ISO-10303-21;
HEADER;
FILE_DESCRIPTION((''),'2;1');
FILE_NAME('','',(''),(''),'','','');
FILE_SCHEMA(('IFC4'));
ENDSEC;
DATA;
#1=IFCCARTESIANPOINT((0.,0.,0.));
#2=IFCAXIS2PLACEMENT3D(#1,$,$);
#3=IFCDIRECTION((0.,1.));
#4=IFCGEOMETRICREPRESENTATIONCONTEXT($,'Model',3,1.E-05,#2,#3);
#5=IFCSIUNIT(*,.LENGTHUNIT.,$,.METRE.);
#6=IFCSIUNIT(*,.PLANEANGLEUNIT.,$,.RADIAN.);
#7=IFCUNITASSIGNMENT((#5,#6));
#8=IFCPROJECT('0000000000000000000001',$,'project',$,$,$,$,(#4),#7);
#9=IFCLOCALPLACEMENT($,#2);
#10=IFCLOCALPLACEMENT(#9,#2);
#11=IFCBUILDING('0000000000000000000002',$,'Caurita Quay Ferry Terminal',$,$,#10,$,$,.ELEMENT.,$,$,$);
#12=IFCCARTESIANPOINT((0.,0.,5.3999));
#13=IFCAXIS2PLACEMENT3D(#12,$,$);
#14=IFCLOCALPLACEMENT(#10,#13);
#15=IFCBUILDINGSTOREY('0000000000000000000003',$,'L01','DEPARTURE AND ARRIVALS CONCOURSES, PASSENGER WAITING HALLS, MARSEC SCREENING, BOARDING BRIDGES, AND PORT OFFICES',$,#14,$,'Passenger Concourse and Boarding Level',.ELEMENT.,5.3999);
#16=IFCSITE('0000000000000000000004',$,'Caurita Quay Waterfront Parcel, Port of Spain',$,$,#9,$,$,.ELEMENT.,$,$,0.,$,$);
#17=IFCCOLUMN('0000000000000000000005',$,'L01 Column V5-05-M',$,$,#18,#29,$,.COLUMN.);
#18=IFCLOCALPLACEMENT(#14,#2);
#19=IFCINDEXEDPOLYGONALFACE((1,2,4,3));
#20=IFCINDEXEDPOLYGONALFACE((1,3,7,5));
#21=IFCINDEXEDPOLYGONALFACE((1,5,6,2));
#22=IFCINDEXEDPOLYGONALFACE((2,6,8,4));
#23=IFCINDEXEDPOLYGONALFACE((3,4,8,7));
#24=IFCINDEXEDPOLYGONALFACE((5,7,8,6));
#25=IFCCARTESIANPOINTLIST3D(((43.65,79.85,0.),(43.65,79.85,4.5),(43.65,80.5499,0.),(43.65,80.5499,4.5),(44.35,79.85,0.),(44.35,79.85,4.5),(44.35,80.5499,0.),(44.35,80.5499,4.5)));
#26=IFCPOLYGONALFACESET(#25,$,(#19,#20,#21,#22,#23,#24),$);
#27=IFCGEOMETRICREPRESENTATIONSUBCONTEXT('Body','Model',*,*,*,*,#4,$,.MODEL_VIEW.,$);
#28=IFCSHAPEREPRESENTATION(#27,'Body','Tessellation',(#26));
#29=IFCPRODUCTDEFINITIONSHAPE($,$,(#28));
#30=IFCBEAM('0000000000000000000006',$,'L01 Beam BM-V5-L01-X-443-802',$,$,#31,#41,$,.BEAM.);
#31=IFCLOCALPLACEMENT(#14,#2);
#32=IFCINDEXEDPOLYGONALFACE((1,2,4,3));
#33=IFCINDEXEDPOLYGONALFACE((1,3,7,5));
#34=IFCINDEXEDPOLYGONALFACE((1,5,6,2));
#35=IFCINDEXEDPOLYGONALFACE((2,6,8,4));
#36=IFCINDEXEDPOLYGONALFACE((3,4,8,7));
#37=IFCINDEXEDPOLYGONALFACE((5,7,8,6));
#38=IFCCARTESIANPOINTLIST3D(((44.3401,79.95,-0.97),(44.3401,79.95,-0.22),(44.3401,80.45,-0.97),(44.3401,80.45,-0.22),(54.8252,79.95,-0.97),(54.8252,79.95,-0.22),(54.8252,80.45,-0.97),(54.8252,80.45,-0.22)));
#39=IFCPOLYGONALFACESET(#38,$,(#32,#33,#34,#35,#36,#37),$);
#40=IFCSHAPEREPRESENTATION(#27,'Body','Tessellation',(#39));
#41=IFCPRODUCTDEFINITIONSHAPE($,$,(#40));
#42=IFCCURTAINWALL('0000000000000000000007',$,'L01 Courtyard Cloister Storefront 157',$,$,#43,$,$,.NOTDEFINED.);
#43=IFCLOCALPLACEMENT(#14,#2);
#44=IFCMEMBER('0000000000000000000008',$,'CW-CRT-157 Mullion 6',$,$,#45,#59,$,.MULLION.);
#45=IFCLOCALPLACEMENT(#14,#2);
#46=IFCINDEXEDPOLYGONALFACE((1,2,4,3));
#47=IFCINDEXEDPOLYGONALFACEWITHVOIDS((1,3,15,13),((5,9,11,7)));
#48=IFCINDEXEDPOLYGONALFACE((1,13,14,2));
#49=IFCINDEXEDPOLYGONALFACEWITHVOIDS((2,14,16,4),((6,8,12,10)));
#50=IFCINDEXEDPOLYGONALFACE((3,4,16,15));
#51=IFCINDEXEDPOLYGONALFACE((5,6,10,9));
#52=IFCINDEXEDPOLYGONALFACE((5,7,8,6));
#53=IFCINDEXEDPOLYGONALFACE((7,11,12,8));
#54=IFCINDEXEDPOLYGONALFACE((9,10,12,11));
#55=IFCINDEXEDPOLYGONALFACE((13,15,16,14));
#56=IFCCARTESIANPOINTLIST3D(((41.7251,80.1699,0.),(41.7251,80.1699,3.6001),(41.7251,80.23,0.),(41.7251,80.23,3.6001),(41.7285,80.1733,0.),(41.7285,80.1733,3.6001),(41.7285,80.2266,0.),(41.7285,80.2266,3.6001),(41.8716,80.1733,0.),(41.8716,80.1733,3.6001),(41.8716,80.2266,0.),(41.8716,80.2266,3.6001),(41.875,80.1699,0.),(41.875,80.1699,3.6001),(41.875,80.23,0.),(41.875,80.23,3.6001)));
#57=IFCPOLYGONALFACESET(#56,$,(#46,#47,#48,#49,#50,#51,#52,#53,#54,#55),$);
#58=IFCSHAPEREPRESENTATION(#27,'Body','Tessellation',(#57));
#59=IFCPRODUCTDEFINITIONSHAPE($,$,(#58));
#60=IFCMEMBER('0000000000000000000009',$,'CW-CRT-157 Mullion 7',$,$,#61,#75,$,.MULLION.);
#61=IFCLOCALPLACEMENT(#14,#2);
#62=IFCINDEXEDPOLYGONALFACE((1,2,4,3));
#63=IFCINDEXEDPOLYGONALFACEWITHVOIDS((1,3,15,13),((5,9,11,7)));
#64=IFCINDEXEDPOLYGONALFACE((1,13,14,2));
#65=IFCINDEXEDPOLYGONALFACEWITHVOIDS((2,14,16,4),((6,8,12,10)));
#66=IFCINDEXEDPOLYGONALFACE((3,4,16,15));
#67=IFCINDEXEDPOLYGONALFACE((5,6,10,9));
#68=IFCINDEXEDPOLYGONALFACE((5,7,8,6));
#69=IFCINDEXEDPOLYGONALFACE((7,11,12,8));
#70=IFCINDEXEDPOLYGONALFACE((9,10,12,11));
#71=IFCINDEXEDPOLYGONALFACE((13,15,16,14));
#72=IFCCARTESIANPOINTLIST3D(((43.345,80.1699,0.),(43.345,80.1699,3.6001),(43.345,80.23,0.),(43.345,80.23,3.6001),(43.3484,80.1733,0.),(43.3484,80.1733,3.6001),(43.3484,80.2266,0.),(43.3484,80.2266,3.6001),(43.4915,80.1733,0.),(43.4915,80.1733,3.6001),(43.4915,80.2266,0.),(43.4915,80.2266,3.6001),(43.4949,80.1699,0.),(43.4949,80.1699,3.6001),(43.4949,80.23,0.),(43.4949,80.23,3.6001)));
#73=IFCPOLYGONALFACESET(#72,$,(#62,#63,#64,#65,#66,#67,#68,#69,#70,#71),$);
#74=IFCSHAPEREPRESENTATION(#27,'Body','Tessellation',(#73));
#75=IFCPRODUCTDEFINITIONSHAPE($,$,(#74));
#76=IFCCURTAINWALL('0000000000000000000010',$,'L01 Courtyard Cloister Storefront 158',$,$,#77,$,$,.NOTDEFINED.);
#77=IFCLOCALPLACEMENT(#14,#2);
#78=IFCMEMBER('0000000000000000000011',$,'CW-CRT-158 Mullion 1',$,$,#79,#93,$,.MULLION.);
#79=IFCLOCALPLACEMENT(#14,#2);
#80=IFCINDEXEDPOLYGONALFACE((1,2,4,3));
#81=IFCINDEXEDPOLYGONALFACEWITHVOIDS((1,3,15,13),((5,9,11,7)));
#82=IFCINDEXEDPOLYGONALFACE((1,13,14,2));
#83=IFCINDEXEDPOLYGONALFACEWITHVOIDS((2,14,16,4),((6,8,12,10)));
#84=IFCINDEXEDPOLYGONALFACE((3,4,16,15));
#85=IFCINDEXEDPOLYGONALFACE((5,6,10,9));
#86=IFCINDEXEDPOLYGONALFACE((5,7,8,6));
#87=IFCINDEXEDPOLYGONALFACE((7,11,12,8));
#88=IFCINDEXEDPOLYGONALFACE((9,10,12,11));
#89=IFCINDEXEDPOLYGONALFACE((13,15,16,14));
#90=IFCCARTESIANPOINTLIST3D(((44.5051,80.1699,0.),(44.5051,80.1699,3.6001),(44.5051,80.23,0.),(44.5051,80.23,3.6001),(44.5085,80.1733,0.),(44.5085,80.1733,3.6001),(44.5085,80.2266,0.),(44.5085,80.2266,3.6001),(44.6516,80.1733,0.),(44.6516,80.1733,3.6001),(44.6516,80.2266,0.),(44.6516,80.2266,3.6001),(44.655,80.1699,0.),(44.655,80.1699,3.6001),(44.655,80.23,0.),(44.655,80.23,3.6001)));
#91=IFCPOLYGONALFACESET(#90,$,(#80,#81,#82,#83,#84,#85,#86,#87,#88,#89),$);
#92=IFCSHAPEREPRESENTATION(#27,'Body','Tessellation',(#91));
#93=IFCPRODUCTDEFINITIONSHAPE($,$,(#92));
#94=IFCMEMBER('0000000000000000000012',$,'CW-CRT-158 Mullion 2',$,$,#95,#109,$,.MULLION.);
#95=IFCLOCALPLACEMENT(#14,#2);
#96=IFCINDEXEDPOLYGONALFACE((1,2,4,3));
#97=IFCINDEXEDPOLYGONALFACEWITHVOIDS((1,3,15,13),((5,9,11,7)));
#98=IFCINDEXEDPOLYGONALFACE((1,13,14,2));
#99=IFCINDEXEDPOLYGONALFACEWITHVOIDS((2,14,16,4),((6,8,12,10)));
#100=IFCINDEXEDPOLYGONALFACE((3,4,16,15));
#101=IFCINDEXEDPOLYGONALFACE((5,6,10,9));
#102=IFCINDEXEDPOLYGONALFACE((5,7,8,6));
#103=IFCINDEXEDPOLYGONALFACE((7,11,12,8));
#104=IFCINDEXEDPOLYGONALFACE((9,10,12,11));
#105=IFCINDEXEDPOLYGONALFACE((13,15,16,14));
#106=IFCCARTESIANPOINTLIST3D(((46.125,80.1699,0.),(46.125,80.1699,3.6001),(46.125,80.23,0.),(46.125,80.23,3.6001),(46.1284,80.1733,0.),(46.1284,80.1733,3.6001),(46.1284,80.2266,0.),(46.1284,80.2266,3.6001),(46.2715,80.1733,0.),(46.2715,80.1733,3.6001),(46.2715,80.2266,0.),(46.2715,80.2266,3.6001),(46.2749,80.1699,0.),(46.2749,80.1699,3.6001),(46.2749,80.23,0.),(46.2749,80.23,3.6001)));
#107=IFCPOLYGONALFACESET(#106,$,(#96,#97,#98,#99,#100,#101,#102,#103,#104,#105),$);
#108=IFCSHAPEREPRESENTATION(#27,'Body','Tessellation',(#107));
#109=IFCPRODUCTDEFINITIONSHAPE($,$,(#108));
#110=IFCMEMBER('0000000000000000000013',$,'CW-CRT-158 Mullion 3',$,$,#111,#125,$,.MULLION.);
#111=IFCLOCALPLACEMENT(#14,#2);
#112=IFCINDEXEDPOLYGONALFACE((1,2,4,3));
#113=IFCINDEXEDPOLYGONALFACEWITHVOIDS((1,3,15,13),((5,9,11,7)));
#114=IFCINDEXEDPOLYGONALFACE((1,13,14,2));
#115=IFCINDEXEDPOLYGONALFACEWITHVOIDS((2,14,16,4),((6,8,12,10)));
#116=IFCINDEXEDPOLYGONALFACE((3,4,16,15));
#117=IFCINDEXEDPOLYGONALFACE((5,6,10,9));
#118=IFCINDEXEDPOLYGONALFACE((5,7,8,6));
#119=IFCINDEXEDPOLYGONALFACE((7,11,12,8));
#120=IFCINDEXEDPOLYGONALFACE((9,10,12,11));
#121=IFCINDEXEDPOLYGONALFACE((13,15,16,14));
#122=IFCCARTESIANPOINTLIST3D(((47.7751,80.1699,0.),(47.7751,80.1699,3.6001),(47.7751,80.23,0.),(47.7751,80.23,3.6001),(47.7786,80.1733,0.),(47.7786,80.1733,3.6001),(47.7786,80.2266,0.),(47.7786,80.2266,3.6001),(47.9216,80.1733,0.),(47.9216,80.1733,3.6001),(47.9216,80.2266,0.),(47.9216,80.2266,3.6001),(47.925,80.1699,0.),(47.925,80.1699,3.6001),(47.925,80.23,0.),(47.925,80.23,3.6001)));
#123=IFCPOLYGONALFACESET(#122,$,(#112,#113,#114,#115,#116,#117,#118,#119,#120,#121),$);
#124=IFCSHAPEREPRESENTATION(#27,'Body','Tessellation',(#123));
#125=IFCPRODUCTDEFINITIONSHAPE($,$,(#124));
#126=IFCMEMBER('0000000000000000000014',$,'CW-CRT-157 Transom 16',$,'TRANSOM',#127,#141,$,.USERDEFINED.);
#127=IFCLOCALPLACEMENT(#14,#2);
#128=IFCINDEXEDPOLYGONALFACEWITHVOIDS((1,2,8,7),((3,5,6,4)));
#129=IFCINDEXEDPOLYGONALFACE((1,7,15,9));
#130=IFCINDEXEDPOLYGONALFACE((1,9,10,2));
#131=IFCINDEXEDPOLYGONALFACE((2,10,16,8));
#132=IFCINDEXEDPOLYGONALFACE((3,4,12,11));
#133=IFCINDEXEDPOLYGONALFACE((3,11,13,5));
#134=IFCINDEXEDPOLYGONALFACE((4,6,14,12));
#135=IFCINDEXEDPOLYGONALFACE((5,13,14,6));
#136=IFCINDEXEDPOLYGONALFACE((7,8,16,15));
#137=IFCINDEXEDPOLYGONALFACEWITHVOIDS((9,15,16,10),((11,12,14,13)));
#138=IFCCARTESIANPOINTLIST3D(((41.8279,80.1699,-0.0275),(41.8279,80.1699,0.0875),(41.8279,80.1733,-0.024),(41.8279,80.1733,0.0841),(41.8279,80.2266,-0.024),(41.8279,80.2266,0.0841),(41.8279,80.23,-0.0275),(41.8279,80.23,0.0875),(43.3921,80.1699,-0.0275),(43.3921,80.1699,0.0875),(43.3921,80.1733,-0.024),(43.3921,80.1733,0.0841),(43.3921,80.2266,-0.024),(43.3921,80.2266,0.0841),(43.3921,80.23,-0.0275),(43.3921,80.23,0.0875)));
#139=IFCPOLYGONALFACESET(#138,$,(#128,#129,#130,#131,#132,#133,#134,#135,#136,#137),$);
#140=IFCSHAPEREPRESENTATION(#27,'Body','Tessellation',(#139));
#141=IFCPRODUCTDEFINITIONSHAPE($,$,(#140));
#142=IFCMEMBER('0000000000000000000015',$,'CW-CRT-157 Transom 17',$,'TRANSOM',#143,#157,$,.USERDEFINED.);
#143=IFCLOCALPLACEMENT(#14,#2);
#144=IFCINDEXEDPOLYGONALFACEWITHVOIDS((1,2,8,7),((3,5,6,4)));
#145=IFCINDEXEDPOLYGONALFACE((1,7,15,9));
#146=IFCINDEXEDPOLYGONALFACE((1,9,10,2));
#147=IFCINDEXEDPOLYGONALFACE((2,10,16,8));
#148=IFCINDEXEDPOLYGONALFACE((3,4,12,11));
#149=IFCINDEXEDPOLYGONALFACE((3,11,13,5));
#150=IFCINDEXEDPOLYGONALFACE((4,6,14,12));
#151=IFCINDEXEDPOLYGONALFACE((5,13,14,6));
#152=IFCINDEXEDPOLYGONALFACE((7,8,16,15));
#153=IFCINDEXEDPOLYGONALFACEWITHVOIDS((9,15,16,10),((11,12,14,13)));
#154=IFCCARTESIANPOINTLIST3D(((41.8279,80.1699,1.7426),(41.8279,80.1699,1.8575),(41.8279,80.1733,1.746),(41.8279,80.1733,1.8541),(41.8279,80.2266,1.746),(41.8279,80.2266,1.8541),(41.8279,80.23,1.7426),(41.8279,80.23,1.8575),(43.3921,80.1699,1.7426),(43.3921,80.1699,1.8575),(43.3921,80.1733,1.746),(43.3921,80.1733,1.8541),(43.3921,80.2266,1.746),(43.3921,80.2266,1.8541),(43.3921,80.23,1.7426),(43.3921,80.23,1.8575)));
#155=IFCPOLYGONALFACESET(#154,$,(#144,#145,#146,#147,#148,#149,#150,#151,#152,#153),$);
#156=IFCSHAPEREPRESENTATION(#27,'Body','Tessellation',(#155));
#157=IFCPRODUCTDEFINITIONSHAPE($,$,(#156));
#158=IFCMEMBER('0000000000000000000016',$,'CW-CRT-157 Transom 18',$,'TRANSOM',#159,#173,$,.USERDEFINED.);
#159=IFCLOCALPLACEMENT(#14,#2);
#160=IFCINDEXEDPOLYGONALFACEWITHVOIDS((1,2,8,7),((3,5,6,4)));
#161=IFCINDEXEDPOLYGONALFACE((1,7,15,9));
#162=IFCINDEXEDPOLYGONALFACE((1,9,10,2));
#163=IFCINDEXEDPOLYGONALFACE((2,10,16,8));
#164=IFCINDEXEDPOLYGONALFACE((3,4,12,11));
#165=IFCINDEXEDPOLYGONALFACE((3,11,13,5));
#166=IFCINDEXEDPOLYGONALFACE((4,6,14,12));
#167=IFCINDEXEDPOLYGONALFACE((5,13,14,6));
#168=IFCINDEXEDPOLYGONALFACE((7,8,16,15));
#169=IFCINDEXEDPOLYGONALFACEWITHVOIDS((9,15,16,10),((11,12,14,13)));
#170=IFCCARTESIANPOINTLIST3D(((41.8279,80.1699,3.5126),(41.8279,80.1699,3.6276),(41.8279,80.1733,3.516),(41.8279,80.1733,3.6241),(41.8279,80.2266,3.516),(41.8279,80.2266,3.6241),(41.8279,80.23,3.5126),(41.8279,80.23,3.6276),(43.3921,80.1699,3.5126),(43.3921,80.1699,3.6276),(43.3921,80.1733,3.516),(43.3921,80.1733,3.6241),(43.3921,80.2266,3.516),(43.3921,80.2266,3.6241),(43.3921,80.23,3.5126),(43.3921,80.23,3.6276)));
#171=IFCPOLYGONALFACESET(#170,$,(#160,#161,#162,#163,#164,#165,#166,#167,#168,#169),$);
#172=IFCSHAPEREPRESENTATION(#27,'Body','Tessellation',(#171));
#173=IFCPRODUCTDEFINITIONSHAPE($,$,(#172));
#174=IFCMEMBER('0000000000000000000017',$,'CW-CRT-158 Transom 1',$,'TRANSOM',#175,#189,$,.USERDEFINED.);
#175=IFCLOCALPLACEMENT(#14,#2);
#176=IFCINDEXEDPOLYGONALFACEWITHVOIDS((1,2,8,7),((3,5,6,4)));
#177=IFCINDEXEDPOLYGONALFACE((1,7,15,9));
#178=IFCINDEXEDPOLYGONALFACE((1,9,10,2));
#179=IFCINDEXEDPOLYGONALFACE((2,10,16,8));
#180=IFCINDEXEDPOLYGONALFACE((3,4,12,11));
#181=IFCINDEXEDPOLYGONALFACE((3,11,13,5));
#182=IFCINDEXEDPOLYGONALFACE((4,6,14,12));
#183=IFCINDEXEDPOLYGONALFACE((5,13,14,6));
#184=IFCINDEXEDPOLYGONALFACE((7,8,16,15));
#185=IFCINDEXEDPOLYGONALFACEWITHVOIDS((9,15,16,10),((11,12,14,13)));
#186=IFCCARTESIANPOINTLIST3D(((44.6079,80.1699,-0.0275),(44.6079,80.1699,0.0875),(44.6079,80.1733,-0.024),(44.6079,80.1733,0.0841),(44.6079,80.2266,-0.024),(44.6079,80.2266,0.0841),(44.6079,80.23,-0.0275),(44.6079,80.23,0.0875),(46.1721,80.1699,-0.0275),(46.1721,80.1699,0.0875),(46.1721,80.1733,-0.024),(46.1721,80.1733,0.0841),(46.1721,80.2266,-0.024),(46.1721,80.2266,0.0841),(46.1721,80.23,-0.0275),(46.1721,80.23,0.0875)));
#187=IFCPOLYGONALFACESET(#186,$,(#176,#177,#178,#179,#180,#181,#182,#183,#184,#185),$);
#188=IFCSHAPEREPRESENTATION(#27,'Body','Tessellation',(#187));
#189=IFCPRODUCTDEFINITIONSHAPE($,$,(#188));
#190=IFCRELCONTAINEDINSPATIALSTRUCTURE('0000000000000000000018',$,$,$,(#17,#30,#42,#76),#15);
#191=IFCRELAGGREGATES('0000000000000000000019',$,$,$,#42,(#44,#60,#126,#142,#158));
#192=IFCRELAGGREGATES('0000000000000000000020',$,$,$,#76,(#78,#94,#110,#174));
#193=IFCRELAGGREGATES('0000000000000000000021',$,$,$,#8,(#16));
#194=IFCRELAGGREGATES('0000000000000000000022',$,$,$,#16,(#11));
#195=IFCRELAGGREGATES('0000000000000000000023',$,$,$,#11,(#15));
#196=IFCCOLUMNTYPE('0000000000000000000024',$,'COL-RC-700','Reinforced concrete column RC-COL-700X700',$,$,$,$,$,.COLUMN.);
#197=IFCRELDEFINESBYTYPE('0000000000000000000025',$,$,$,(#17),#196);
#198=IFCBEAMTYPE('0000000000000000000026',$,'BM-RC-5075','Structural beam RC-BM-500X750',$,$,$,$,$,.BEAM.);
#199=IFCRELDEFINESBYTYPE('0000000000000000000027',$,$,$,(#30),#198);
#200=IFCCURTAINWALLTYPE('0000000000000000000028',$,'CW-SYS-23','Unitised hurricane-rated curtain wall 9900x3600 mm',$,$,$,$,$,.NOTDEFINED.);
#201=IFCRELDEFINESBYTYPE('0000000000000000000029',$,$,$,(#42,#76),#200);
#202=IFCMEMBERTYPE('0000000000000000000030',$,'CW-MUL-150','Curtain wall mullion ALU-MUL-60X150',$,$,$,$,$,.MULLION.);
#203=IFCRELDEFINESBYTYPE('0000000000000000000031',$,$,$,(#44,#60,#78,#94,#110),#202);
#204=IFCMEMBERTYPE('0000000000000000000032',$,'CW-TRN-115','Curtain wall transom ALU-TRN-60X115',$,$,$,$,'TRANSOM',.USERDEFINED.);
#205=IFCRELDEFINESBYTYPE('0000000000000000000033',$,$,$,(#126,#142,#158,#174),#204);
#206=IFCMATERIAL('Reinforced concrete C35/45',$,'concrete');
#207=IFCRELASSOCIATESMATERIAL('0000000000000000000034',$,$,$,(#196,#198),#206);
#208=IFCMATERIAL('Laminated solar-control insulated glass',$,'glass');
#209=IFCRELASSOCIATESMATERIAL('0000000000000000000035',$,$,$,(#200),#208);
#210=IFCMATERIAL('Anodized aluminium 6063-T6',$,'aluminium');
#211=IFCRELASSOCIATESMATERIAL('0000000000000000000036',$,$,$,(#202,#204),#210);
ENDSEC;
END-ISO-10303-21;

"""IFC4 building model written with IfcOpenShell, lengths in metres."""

from ifc_helpers import new_model, si_unit, direction, frame, origin, origin_2d, place, context, subcontext, project, spatial, rectangle, hollow_rectangle, extrude, material, material_profile, profile_set, type_object, element, aggregate, save


model = new_model("IFC4")

# Units and contexts
model_context = context("Model", 3, precision=1e-05, world=origin(), true_north=direction((0.0, 1.0)))
body_context = subcontext(model_context, "Body", "Model", "MODEL_VIEW")
ifc_project = project(units=[si_unit("LENGTHUNIT", "METRE"), si_unit("PLANEANGLEUNIT", "RADIAN")], contexts=[model_context])

# Site, building, storey
site_placement = place(None, origin())
site = spatial("IfcSite", under=ifc_project, at=site_placement, Name="Caurita Quay Waterfront Parcel, Port of Spain", CompositionType="ELEMENT", RefElevation=0.0)
building_placement = place(site_placement, origin())
building = spatial("IfcBuilding", under=site, at=building_placement, Name="Caurita Quay Ferry Terminal", CompositionType="ELEMENT")
storey_placement = place(building_placement, frame((0.0, 0.0, 5.3999)))
storey = spatial("IfcBuildingStorey", under=building, at=storey_placement, Name="L01", Description="DEPARTURE AND ARRIVALS CONCOURSES, PASSENGER WAITING HALLS, MARSEC SCREENING, BOARDING BRIDGES, AND PORT OFFICES", LongName="Passenger Concourse and Boarding Level", CompositionType="ELEMENT", Elevation=5.3999)

# Column
ifc_material_1 = material(Name="Reinforced concrete C35/45", Category="concrete")
ifc_material_profile_1 = material_profile(ifc_material_1, rectangle(XDim=0.7, YDim=0.7, at=origin_2d()), Name="RC-COL-700X700")
ifc_profile_set_1 = profile_set([ifc_material_profile_1], Name="Reinforced concrete C35/45")
column_type = type_object("IfcColumnType", Name="COL-RC-700", Description="Reinforced concrete column RC-COL-700X700", PredefinedType="COLUMN", material=ifc_profile_set_1)
column_placement = place(storey_placement, frame((44.0, 80.2, 0.0), z_axis=(0.0, 0.0, 1.0), x_axis=(1.0, 0.0, 0.0)))
element("IfcColumn", 1, at=column_placement, inside=storey, type_object=column_type, Name="L01 Column V5-05-M", PredefinedType="COLUMN", context=body_context, shape_type="SweptSolid", body=[
    extrude(rectangle(XDim=0.7, YDim=0.7, at=origin_2d()), origin(), (0.0, 0.0, 1.0), 4.5),
])

# Beam
ifc_material_profile_2 = material_profile(ifc_material_1, rectangle(XDim=0.5, YDim=0.75, at=origin_2d()), Name="RC-BM-500X750")
ifc_profile_set_2 = profile_set([ifc_material_profile_2], Name="Reinforced concrete C35/45")
beam_type = type_object("IfcBeamType", Name="BM-RC-5075", Description="Structural beam RC-BM-500X750", PredefinedType="BEAM", material=ifc_profile_set_2)
beam_placement = place(storey_placement, frame((44.3401, 80.2, -0.595), z_axis=(1.0, 0.0, 0.0), x_axis=(0.0, 1.0, 0.0)))
element("IfcBeam", 2, at=beam_placement, inside=storey, type_object=beam_type, Name="L01 Beam BM-V5-L01-X-443-802", PredefinedType="BEAM", context=body_context, shape_type="SweptSolid", body=[
    extrude(rectangle(XDim=0.5, YDim=0.75, at=origin_2d()), origin(), (0.0, 0.0, 1.0), 10.4851),
])

# Curtain walls, members
ifc_material_2 = material(Name="Laminated solar-control insulated glass", Category="glass")
curtain_wall_type = type_object("IfcCurtainWallType", Name="CW-SYS-23", Description="Unitised hurricane-rated curtain wall 9900x3600 mm", PredefinedType="NOTDEFINED", material=ifc_material_2)
curtain_wall_1_placement = place(storey_placement, origin())
curtain_wall_1 = element("IfcCurtainWall", 3, at=curtain_wall_1_placement, inside=storey, type_object=curtain_wall_type, Name="L01 Courtyard Cloister Storefront 157", PredefinedType="NOTDEFINED")
ifc_material_3 = material(Name="Anodized aluminium 6063-T6", Category="aluminium")
ifc_material_profile_3 = material_profile(ifc_material_3, hollow_rectangle(XDim=0.0601, YDim=0.1499, WallThickness=0.0034, at=origin_2d()), Name="ALU-MUL-60X150")
ifc_profile_set_3 = profile_set([ifc_material_profile_3], Name="Anodized aluminium 6063-T6")
member_type_1 = type_object("IfcMemberType", Name="CW-MUL-150", Description="Curtain wall mullion ALU-MUL-60X150", PredefinedType="MULLION", material=ifc_profile_set_3)
member_1_placement = place(storey_placement, frame((41.8, 80.2, 0.0), z_axis=(0.0, 0.0, 1.0), x_axis=(0.0, 1.0, 0.0)))
member_1 = element("IfcMember", 4, at=member_1_placement, type_object=member_type_1, Name="CW-CRT-157 Mullion 6", PredefinedType="MULLION", context=body_context, shape_type="SweptSolid", body=[
    extrude(hollow_rectangle(XDim=0.0601, YDim=0.1499, WallThickness=0.0034, at=origin_2d()), origin(), (0.0, 0.0, 1.0), 3.6001),
])
member_2_placement = place(storey_placement, frame((43.4199, 80.2, 0.0), z_axis=(0.0, 0.0, 1.0), x_axis=(0.0, 1.0, 0.0)))
member_2 = element("IfcMember", 5, at=member_2_placement, type_object=member_type_1, Name="CW-CRT-157 Mullion 7", PredefinedType="MULLION", context=body_context, shape_type="SweptSolid", body=[
    extrude(hollow_rectangle(XDim=0.0601, YDim=0.1499, WallThickness=0.0034, at=origin_2d()), origin(), (0.0, 0.0, 1.0), 3.6001),
])
curtain_wall_2_placement = place(storey_placement, origin())
curtain_wall_2 = element("IfcCurtainWall", 6, at=curtain_wall_2_placement, inside=storey, type_object=curtain_wall_type, Name="L01 Courtyard Cloister Storefront 158", PredefinedType="NOTDEFINED")
member_3_placement = place(storey_placement, frame((44.5801, 80.2, 0.0), z_axis=(0.0, 0.0, 1.0), x_axis=(0.0, 1.0, 0.0)))
member_3 = element("IfcMember", 7, at=member_3_placement, type_object=member_type_1, Name="CW-CRT-158 Mullion 1", PredefinedType="MULLION", context=body_context, shape_type="SweptSolid", body=[
    extrude(hollow_rectangle(XDim=0.0601, YDim=0.1499, WallThickness=0.0034, at=origin_2d()), origin(), (0.0, 0.0, 1.0), 3.6001),
])
member_4_placement = place(storey_placement, frame((46.2, 80.2, 0.0), z_axis=(0.0, 0.0, 1.0), x_axis=(0.0, 1.0, 0.0)))
member_4 = element("IfcMember", 8, at=member_4_placement, type_object=member_type_1, Name="CW-CRT-158 Mullion 2", PredefinedType="MULLION", context=body_context, shape_type="SweptSolid", body=[
    extrude(hollow_rectangle(XDim=0.0601, YDim=0.1499, WallThickness=0.0034, at=origin_2d()), origin(), (0.0, 0.0, 1.0), 3.6001),
])
member_5_placement = place(storey_placement, frame((47.8501, 80.2, 0.0), z_axis=(0.0, 0.0, 1.0), x_axis=(0.0, 1.0, 0.0)))
member_5 = element("IfcMember", 9, at=member_5_placement, type_object=member_type_1, Name="CW-CRT-158 Mullion 3", PredefinedType="MULLION", context=body_context, shape_type="SweptSolid", body=[
    extrude(hollow_rectangle(XDim=0.0601, YDim=0.1499, WallThickness=0.0034, at=origin_2d()), origin(), (0.0, 0.0, 1.0), 3.6001),
])

# Members
ifc_material_profile_4 = material_profile(ifc_material_3, hollow_rectangle(XDim=0.0601, YDim=0.115, WallThickness=0.0034, at=origin_2d()), Name="ALU-TRN-60X115")
ifc_profile_set_4 = profile_set([ifc_material_profile_4], Name="Anodized aluminium 6063-T6")
member_type_2 = type_object("IfcMemberType", Name="CW-TRN-115", Description="Curtain wall transom ALU-TRN-60X115", ElementType="TRANSOM", PredefinedType="USERDEFINED", material=ifc_profile_set_4)
member_6_placement = place(storey_placement, frame((41.8279, 80.2, 0.03), z_axis=(1.0, 0.0, 0.0), x_axis=(0.0, 1.0, 0.0)))
member_6 = element("IfcMember", 10, at=member_6_placement, type_object=member_type_2, Name="CW-CRT-157 Transom 16", ObjectType="TRANSOM", PredefinedType="USERDEFINED", context=body_context, shape_type="SweptSolid", body=[
    extrude(hollow_rectangle(XDim=0.0601, YDim=0.115, WallThickness=0.0034, at=origin_2d()), origin(), (0.0, 0.0, 1.0), 1.5642),
])
member_7_placement = place(storey_placement, frame((41.8279, 80.2, 1.8), z_axis=(1.0, 0.0, 0.0), x_axis=(0.0, 1.0, 0.0)))
member_7 = element("IfcMember", 11, at=member_7_placement, type_object=member_type_2, Name="CW-CRT-157 Transom 17", ObjectType="TRANSOM", PredefinedType="USERDEFINED", context=body_context, shape_type="SweptSolid", body=[
    extrude(hollow_rectangle(XDim=0.0601, YDim=0.115, WallThickness=0.0034, at=origin_2d()), origin(), (0.0, 0.0, 1.0), 1.5642),
])
member_8_placement = place(storey_placement, frame((41.8279, 80.2, 3.5701), z_axis=(1.0, 0.0, 0.0), x_axis=(0.0, 1.0, 0.0)))
member_8 = element("IfcMember", 12, at=member_8_placement, type_object=member_type_2, Name="CW-CRT-157 Transom 18", ObjectType="TRANSOM", PredefinedType="USERDEFINED", context=body_context, shape_type="SweptSolid", body=[
    extrude(hollow_rectangle(XDim=0.0601, YDim=0.115, WallThickness=0.0034, at=origin_2d()), origin(), (0.0, 0.0, 1.0), 1.5642),
])
member_9_placement = place(storey_placement, frame((44.6079, 80.2, 0.03), z_axis=(1.0, 0.0, 0.0), x_axis=(0.0, 1.0, 0.0)))
member_9 = element("IfcMember", 13, at=member_9_placement, type_object=member_type_2, Name="CW-CRT-158 Transom 1", ObjectType="TRANSOM", PredefinedType="USERDEFINED", context=body_context, shape_type="SweptSolid", body=[
    extrude(hollow_rectangle(XDim=0.0601, YDim=0.115, WallThickness=0.0034, at=origin_2d()), origin(), (0.0, 0.0, 1.0), 1.5642),
])

aggregate(curtain_wall_1, [member_1, member_2, member_6, member_7, member_8])
aggregate(curtain_wall_2, [member_3, member_4, member_5, member_9])

save(model, "model.ifc")
